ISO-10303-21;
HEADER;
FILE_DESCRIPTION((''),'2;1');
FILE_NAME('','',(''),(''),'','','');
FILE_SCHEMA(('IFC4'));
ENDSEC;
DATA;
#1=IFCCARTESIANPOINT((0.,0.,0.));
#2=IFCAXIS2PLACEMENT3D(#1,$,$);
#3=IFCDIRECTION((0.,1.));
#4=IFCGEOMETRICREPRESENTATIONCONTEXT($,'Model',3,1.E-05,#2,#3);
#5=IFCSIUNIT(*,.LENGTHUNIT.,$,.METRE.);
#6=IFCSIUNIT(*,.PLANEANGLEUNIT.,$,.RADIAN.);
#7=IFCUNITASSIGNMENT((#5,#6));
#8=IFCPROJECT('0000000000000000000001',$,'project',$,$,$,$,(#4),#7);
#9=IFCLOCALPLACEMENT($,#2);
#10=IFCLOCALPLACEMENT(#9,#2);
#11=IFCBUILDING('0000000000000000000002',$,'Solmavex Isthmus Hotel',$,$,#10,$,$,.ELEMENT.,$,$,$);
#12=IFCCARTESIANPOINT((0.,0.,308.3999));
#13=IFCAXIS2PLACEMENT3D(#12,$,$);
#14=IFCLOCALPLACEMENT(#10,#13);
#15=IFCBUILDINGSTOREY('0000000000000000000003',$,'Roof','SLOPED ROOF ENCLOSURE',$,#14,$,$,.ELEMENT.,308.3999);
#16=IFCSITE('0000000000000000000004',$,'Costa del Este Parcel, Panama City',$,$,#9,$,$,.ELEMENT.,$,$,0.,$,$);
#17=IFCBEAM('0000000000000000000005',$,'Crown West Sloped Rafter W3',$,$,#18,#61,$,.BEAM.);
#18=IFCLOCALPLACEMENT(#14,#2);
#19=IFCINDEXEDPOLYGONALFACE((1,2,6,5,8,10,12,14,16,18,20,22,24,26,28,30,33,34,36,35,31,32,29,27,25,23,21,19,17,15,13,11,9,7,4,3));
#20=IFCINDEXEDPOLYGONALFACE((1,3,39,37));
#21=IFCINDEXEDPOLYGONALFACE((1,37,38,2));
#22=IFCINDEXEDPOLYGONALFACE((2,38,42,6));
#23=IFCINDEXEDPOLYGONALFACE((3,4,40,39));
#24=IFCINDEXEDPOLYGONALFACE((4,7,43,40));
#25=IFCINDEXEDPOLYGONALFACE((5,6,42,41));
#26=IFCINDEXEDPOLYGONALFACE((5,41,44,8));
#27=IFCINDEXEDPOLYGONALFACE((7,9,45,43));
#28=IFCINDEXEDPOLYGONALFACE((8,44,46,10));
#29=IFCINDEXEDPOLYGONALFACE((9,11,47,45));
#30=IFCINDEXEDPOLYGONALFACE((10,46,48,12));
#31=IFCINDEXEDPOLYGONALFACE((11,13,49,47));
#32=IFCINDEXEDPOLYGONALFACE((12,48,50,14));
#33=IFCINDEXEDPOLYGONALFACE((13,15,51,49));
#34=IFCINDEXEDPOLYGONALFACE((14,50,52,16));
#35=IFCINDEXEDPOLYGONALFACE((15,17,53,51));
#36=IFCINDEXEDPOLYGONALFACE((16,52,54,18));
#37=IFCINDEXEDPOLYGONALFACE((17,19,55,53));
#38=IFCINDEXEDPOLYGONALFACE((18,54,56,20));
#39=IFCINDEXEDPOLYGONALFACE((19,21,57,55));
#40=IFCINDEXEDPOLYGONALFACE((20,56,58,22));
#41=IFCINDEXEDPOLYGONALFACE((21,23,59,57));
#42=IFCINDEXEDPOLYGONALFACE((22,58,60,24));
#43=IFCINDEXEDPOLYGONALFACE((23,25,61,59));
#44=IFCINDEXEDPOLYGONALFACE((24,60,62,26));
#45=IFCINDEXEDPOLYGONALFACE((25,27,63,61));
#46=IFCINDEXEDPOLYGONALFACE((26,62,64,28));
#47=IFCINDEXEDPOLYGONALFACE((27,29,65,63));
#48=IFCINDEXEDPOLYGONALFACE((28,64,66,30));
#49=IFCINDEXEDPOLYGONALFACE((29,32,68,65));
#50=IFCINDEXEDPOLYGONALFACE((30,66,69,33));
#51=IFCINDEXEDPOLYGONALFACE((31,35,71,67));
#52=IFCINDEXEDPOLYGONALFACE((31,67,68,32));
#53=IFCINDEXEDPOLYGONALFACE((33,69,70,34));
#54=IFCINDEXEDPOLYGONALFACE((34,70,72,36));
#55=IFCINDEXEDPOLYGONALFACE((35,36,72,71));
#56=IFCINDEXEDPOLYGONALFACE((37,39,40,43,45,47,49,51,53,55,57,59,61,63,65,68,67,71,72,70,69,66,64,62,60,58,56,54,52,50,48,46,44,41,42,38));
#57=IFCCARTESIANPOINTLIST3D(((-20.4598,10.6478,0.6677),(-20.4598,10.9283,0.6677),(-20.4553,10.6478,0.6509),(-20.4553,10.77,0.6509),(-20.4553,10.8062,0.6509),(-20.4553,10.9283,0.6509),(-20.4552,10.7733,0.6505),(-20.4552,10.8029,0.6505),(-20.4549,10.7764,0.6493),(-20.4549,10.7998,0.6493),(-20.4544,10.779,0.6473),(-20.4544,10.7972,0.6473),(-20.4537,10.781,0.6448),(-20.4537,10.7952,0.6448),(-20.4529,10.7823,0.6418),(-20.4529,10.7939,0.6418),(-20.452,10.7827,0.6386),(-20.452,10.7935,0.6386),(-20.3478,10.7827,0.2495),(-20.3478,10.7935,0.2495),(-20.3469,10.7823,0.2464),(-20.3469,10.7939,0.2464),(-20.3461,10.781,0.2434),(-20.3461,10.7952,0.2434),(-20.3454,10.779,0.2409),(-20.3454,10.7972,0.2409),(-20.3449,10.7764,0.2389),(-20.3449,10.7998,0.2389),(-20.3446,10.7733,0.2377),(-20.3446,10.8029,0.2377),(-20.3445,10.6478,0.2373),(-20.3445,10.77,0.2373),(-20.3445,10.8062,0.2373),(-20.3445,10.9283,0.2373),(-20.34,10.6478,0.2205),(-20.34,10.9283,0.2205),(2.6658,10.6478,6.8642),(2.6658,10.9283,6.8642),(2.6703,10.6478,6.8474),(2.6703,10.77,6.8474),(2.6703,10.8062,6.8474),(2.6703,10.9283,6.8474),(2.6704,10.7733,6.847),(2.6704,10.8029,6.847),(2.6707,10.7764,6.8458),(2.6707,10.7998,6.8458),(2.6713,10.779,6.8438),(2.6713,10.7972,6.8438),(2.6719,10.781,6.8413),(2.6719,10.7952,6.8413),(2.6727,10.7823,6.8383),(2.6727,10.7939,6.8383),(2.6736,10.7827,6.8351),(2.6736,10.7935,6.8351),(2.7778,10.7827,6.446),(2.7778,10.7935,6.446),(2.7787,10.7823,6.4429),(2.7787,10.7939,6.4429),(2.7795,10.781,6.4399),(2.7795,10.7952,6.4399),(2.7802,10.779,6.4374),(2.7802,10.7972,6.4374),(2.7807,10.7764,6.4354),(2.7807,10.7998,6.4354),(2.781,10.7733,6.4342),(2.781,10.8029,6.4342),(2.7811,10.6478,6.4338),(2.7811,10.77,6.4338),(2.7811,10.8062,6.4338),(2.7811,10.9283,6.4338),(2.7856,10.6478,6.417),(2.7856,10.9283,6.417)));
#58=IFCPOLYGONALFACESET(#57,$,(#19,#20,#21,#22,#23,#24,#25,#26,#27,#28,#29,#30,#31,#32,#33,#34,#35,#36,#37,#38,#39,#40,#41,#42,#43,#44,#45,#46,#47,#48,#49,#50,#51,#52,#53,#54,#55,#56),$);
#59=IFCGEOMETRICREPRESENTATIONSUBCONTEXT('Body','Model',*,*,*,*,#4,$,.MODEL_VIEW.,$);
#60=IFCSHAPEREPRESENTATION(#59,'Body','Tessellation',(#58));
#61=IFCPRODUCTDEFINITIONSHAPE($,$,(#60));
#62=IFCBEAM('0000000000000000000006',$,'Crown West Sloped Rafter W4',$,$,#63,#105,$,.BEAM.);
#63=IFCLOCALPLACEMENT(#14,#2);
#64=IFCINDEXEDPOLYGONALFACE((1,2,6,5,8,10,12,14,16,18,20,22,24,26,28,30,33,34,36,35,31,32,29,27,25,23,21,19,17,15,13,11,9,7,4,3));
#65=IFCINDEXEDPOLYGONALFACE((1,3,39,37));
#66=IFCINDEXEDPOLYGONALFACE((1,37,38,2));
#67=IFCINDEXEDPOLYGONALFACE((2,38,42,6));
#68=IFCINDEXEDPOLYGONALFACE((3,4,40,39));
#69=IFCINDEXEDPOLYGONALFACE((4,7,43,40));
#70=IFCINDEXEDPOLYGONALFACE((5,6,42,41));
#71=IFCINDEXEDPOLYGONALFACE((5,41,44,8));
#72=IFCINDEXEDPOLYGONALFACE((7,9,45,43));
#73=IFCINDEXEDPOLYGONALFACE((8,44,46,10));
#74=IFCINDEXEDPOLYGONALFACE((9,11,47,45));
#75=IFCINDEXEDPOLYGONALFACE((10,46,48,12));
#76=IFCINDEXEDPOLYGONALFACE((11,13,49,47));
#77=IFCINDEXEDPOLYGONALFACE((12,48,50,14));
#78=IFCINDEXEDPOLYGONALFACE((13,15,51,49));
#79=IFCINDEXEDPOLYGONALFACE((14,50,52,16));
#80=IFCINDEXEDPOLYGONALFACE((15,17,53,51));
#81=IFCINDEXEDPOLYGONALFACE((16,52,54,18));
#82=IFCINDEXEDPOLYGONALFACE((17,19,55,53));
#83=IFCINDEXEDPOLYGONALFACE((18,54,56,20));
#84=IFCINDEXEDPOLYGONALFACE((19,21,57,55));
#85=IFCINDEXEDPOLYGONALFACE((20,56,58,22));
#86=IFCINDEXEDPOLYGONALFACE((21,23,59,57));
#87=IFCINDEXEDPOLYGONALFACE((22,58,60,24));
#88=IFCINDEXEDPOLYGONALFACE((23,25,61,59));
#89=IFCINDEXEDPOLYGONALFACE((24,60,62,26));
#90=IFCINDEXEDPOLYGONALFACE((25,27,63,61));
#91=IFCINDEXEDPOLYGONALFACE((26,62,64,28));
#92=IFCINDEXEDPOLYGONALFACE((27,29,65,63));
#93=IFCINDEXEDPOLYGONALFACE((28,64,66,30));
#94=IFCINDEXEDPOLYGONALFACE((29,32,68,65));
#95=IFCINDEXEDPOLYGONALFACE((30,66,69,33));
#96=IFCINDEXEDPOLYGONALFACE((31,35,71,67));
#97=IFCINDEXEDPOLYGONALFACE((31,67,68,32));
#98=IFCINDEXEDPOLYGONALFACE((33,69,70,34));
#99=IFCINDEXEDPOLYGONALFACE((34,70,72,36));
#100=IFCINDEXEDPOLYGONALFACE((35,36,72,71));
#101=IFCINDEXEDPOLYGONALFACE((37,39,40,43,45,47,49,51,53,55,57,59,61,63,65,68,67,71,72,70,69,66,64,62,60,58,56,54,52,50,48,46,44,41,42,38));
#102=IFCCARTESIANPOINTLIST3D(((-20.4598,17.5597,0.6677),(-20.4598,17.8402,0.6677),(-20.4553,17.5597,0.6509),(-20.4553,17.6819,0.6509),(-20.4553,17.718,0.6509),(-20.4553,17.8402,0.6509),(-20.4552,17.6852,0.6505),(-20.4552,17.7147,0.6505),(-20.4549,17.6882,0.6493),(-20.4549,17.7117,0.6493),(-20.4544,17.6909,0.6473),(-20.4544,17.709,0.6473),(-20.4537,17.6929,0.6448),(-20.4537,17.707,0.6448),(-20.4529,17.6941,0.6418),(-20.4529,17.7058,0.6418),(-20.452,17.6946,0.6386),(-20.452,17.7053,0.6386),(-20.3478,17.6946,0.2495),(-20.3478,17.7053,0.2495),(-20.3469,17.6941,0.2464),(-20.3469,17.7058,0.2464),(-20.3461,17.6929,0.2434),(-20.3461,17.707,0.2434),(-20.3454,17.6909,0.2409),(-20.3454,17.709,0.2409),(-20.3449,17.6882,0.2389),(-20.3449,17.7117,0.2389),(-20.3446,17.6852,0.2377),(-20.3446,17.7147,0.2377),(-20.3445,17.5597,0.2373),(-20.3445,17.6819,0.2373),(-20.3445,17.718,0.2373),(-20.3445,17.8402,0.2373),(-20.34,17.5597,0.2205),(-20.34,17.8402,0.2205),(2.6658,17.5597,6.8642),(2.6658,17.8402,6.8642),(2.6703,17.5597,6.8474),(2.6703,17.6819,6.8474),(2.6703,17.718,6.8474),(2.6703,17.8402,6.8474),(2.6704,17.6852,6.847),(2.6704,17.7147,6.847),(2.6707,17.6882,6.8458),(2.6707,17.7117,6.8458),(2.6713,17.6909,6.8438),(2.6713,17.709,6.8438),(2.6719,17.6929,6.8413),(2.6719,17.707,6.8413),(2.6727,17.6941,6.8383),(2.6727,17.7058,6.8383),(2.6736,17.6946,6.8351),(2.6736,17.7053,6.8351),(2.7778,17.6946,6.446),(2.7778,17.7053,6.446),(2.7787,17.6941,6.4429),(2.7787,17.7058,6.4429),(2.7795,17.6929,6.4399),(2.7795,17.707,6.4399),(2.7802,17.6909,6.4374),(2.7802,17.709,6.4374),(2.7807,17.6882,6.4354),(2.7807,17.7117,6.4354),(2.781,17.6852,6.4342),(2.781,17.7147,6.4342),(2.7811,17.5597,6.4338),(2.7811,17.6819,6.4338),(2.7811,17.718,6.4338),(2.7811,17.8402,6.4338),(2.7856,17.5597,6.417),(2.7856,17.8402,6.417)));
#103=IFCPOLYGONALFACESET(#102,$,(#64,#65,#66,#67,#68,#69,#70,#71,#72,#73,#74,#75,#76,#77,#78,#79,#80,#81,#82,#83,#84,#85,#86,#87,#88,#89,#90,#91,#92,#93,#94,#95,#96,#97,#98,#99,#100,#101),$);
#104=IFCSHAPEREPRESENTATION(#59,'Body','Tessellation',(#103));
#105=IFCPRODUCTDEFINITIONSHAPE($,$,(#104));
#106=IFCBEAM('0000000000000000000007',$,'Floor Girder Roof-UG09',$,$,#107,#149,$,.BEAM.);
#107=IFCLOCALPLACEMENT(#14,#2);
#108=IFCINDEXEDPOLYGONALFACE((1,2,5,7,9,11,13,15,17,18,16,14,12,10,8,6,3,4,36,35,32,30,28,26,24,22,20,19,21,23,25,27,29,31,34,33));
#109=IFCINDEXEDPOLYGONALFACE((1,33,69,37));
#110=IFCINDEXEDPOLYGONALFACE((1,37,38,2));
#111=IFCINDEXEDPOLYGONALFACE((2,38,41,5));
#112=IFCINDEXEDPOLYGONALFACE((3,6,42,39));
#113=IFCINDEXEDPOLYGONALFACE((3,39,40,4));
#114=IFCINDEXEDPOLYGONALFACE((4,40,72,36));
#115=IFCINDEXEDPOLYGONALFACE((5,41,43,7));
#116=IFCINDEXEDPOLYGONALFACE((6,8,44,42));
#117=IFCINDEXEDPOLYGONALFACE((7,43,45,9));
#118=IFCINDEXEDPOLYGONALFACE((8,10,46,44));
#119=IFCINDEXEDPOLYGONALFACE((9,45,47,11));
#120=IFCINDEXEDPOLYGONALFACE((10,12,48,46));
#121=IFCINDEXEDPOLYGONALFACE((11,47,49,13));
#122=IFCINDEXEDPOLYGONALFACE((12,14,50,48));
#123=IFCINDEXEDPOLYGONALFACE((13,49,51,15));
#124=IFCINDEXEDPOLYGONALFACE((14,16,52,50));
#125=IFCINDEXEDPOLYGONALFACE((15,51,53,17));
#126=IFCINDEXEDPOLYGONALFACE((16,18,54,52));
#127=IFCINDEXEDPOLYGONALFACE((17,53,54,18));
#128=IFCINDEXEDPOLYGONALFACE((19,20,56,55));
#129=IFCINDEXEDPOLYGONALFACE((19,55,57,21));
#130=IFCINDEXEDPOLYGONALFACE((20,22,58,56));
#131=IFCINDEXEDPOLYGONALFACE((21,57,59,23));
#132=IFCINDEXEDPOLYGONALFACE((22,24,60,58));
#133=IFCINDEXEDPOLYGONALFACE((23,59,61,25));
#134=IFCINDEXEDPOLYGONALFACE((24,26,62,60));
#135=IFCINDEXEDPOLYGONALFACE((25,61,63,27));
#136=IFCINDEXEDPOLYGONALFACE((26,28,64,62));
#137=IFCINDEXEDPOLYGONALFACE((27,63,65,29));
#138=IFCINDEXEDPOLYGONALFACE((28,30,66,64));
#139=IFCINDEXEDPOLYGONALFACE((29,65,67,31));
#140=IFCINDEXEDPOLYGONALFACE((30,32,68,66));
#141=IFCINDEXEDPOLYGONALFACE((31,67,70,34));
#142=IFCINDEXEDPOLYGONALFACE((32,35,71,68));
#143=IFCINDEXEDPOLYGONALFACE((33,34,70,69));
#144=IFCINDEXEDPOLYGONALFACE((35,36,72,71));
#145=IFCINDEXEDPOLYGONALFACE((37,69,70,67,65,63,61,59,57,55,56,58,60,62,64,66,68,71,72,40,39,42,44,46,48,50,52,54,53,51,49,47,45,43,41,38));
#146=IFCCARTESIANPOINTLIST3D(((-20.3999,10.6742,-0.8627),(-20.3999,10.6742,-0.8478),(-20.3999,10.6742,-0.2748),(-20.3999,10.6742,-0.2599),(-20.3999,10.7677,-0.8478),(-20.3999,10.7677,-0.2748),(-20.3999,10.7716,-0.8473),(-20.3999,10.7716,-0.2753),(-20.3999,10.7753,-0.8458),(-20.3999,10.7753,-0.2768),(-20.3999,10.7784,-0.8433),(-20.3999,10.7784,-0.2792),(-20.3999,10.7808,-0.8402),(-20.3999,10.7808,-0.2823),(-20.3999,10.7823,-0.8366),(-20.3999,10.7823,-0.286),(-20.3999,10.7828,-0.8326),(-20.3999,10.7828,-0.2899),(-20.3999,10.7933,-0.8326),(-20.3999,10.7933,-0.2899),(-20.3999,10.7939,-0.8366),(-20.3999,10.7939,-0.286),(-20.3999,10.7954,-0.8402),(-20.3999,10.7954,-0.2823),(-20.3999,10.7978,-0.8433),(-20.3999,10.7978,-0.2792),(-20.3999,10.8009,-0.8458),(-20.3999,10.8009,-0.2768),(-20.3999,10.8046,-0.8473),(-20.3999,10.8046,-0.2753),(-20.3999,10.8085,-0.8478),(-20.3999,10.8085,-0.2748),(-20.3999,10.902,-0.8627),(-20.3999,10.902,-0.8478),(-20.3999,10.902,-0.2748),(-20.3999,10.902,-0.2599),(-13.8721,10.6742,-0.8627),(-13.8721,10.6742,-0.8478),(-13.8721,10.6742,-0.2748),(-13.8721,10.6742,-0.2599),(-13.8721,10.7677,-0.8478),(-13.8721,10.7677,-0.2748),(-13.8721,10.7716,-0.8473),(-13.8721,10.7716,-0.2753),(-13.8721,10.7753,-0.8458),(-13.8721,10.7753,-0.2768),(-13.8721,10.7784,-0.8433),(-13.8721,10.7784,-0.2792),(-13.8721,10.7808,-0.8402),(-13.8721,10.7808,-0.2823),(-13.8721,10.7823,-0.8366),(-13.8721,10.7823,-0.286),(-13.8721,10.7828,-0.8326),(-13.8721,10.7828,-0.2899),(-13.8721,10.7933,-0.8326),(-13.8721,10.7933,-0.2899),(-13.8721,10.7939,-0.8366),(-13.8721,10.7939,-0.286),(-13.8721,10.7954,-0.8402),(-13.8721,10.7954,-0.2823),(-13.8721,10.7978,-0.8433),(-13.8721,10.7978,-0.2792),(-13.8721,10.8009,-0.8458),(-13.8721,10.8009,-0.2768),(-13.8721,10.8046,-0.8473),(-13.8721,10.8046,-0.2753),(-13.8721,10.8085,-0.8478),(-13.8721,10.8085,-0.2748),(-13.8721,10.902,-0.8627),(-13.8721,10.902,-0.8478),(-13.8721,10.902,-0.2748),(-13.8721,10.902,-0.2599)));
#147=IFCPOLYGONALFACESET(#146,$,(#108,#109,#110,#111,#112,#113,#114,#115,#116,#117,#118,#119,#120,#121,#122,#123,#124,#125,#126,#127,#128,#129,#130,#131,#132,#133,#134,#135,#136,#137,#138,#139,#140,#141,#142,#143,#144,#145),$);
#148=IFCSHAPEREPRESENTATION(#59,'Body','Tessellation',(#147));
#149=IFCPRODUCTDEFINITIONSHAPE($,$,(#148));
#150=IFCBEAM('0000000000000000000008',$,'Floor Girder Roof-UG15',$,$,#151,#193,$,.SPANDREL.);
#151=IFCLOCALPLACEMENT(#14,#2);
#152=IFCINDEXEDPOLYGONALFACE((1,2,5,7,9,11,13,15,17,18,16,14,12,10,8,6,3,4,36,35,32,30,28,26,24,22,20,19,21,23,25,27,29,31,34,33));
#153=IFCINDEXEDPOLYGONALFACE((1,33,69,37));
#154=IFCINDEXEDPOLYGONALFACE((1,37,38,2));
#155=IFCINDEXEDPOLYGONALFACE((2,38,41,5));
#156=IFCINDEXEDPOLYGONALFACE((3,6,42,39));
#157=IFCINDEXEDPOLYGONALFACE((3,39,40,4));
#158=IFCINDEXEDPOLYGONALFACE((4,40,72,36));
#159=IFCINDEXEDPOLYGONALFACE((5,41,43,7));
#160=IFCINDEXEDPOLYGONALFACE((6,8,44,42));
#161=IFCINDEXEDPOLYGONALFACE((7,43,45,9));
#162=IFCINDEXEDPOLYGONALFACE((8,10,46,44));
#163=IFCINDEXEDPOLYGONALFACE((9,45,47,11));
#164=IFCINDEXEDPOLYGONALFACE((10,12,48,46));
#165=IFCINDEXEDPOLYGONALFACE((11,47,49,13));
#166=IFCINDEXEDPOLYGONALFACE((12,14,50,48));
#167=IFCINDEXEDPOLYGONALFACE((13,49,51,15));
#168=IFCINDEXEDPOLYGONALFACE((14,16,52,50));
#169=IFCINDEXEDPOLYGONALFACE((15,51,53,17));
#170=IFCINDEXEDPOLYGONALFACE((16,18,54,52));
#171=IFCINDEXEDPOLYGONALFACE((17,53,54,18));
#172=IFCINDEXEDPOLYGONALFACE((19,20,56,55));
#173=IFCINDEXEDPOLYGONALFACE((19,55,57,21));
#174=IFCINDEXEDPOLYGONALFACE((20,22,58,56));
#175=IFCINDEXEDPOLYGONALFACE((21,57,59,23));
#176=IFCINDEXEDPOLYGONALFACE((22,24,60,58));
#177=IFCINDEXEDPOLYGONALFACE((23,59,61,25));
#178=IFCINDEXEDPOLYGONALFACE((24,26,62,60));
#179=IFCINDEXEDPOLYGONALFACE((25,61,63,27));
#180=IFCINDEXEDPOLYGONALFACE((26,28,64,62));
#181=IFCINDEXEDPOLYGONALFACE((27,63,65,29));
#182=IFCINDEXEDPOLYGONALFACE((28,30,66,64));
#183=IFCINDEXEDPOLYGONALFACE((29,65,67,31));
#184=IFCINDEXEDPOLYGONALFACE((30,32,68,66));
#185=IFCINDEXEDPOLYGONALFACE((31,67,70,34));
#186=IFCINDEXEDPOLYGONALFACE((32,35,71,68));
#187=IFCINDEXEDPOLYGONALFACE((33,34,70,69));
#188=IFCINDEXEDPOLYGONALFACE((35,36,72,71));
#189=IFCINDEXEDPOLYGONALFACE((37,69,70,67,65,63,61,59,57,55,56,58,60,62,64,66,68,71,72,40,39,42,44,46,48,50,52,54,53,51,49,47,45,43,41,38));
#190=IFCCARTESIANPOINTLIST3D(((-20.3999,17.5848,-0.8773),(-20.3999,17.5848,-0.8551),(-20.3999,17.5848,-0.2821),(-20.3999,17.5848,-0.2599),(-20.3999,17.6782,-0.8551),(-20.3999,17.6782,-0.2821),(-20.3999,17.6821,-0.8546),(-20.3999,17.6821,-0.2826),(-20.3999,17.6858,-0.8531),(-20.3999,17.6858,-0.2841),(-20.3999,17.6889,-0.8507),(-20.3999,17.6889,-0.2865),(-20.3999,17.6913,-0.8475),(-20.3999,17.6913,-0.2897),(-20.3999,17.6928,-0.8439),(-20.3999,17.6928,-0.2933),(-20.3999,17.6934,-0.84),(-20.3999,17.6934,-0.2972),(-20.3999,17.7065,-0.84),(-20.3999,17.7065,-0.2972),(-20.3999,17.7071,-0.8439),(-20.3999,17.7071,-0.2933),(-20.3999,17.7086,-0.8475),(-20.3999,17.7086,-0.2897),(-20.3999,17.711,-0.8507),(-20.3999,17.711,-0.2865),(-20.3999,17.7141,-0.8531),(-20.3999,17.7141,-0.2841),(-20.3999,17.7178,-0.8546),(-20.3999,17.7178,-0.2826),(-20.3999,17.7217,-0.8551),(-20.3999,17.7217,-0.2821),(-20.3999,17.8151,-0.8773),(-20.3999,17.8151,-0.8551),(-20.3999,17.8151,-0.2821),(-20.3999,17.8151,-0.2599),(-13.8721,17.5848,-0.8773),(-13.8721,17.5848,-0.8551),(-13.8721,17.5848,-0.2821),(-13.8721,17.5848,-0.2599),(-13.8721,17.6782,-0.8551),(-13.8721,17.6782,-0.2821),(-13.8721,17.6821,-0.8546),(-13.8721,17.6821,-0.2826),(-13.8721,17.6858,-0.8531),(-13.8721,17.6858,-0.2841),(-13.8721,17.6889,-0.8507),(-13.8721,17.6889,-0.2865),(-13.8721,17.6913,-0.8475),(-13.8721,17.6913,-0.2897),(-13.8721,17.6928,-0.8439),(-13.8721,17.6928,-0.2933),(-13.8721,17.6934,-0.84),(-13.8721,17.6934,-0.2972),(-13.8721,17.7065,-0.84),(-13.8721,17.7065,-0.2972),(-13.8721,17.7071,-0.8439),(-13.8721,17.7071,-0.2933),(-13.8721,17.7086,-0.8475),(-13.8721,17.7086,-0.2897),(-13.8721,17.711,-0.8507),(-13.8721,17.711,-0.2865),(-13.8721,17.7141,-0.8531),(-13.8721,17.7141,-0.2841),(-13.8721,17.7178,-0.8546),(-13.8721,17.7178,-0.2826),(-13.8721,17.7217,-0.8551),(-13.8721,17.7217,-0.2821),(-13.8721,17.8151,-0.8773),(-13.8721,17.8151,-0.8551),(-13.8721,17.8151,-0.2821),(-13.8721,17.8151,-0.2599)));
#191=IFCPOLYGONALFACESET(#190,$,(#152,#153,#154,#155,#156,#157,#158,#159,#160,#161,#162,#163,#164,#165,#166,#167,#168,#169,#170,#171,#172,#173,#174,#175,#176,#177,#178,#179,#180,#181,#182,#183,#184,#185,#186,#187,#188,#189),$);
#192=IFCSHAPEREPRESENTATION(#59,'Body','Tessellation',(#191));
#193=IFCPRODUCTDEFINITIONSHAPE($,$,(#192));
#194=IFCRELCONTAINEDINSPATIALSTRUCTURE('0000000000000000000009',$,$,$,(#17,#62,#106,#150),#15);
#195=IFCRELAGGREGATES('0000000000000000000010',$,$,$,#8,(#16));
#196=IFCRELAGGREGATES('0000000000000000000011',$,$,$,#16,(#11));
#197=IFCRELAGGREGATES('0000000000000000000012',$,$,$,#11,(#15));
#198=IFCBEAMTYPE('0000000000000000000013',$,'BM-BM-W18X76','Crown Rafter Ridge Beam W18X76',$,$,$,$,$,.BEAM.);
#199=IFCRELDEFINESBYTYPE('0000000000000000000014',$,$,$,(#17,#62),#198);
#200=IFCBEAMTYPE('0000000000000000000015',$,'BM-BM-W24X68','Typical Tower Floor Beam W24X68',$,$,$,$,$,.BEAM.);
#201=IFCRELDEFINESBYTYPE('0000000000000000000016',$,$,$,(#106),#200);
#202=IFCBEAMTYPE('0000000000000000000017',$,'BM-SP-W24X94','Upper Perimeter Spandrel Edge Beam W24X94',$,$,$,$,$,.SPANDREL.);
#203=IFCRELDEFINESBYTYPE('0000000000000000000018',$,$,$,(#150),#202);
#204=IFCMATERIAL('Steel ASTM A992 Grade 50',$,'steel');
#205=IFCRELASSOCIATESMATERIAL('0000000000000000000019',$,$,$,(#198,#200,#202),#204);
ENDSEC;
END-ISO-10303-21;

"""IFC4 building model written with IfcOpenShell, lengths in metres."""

from ifc_helpers import new_model, si_unit, direction, frame, origin, origin_2d, place, context, subcontext, project, spatial, i_section, extrude, material, material_profile, profile_set, type_object, element, save


model = new_model("IFC4")

# Units and contexts
model_context = context("Model", 3, precision=1e-05, world=origin(), true_north=direction((0.0, 1.0)))
body_context = subcontext(model_context, "Body", "Model", "MODEL_VIEW")
ifc_project = project(units=[si_unit("LENGTHUNIT", "METRE"), si_unit("PLANEANGLEUNIT", "RADIAN")], contexts=[model_context])

# Site, building, storey
site_placement = place(None, origin())
site = spatial("IfcSite", under=ifc_project, at=site_placement, Name="Costa del Este Parcel, Panama City", CompositionType="ELEMENT", RefElevation=0.0)
building_placement = place(site_placement, origin())
building = spatial("IfcBuilding", under=site, at=building_placement, Name="Solmavex Isthmus Hotel", CompositionType="ELEMENT")
storey_placement = place(building_placement, frame((0.0, 0.0, 308.3999)))
storey = spatial("IfcBuildingStorey", under=building, at=storey_placement, Name="Roof", Description="SLOPED ROOF ENCLOSURE", CompositionType="ELEMENT", Elevation=308.3999)

# Beams
ifc_material_1 = material(Name="Steel ASTM A992 Grade 50", Category="steel")
ifc_material_profile_1 = material_profile(ifc_material_1, i_section(OverallWidth=0.2805, OverallDepth=0.4629, WebThickness=0.0107, FlangeThickness=0.0173, FilletRadius=0.0127, at=origin_2d()), Name="W18X76")
ifc_profile_set_1 = profile_set([ifc_material_profile_1], Name="Steel ASTM A992 Grade 50")
beam_type_1 = type_object("IfcBeamType", Name="BM-BM-W18X76", Description="Crown Rafter Ridge Beam W18X76", PredefinedType="BEAM", material=ifc_profile_set_1)
for number, where, z_axis, x_axis, name in (
    (1, (-20.3999, 10.7881, 0.4441), (0.965926, 0.0, 0.25882), (0.0, 1.0, 0.0), "Crown West Sloped Rafter W3"),
    (2, (-20.3999, 17.7, 0.4441), (0.965926, 0.0, 0.25882), (0.0, 1.0, 0.0), "Crown West Sloped Rafter W4"),
):
    element("IfcBeam", number, at=place(storey_placement, frame(where, z_axis=z_axis, x_axis=x_axis)), inside=storey, type_object=beam_type_1, Name=name, PredefinedType="BEAM", context=body_context, shape_type="SweptSolid", body=[
        extrude(i_section(OverallWidth=0.2805, OverallDepth=0.4629, WebThickness=0.0107, FlangeThickness=0.0173, FilletRadius=0.0127, at=origin_2d()), origin(), (0.0, 0.0, 1.0), 23.9414),
    ])
ifc_material_profile_2 = material_profile(ifc_material_1, i_section(OverallWidth=0.2278, OverallDepth=0.6028, WebThickness=0.0105, FlangeThickness=0.0149, FilletRadius=0.0151, at=origin_2d()), Name="W24X68")
ifc_profile_set_2 = profile_set([ifc_material_profile_2], Name="Steel ASTM A992 Grade 50")
beam_type_2 = type_object("IfcBeamType", Name="BM-BM-W24X68", Description="Typical Tower Floor Beam W24X68", PredefinedType="BEAM", material=ifc_profile_set_2)
beam_1_placement = place(storey_placement, frame((-20.3999, 10.7881, -0.5613), z_axis=(1.0, 0.0, 0.0), x_axis=(0.0, 1.0, 0.0)))
element("IfcBeam", 3, at=beam_1_placement, inside=storey, type_object=beam_type_2, Name="Floor Girder Roof-UG09", PredefinedType="BEAM", context=body_context, shape_type="SweptSolid", body=[
    extrude(i_section(OverallWidth=0.2278, OverallDepth=0.6028, WebThickness=0.0105, FlangeThickness=0.0149, FilletRadius=0.0151, at=origin_2d()), origin(), (0.0, 0.0, 1.0), 6.5278),
])
ifc_material_profile_3 = material_profile(ifc_material_1, i_section(OverallWidth=0.2302, OverallDepth=0.6174, WebThickness=0.0132, FlangeThickness=0.0222, FilletRadius=0.0151, at=origin_2d()), Name="W24X94")
ifc_profile_set_3 = profile_set([ifc_material_profile_3], Name="Steel ASTM A992 Grade 50")
beam_type_3 = type_object("IfcBeamType", Name="BM-SP-W24X94", Description="Upper Perimeter Spandrel Edge Beam W24X94", PredefinedType="SPANDREL", material=ifc_profile_set_3)
beam_2_placement = place(storey_placement, frame((-20.3999, 17.7, -0.5686), z_axis=(1.0, 0.0, 0.0), x_axis=(0.0, 1.0, 0.0)))
element("IfcBeam", 4, at=beam_2_placement, inside=storey, type_object=beam_type_3, Name="Floor Girder Roof-UG15", PredefinedType="SPANDREL", context=body_context, shape_type="SweptSolid", body=[
    extrude(i_section(OverallWidth=0.2302, OverallDepth=0.6174, WebThickness=0.0132, FlangeThickness=0.0222, FilletRadius=0.0151, at=origin_2d()), origin(), (0.0, 0.0, 1.0), 6.5278),
])

save(model, "model.ifc")
